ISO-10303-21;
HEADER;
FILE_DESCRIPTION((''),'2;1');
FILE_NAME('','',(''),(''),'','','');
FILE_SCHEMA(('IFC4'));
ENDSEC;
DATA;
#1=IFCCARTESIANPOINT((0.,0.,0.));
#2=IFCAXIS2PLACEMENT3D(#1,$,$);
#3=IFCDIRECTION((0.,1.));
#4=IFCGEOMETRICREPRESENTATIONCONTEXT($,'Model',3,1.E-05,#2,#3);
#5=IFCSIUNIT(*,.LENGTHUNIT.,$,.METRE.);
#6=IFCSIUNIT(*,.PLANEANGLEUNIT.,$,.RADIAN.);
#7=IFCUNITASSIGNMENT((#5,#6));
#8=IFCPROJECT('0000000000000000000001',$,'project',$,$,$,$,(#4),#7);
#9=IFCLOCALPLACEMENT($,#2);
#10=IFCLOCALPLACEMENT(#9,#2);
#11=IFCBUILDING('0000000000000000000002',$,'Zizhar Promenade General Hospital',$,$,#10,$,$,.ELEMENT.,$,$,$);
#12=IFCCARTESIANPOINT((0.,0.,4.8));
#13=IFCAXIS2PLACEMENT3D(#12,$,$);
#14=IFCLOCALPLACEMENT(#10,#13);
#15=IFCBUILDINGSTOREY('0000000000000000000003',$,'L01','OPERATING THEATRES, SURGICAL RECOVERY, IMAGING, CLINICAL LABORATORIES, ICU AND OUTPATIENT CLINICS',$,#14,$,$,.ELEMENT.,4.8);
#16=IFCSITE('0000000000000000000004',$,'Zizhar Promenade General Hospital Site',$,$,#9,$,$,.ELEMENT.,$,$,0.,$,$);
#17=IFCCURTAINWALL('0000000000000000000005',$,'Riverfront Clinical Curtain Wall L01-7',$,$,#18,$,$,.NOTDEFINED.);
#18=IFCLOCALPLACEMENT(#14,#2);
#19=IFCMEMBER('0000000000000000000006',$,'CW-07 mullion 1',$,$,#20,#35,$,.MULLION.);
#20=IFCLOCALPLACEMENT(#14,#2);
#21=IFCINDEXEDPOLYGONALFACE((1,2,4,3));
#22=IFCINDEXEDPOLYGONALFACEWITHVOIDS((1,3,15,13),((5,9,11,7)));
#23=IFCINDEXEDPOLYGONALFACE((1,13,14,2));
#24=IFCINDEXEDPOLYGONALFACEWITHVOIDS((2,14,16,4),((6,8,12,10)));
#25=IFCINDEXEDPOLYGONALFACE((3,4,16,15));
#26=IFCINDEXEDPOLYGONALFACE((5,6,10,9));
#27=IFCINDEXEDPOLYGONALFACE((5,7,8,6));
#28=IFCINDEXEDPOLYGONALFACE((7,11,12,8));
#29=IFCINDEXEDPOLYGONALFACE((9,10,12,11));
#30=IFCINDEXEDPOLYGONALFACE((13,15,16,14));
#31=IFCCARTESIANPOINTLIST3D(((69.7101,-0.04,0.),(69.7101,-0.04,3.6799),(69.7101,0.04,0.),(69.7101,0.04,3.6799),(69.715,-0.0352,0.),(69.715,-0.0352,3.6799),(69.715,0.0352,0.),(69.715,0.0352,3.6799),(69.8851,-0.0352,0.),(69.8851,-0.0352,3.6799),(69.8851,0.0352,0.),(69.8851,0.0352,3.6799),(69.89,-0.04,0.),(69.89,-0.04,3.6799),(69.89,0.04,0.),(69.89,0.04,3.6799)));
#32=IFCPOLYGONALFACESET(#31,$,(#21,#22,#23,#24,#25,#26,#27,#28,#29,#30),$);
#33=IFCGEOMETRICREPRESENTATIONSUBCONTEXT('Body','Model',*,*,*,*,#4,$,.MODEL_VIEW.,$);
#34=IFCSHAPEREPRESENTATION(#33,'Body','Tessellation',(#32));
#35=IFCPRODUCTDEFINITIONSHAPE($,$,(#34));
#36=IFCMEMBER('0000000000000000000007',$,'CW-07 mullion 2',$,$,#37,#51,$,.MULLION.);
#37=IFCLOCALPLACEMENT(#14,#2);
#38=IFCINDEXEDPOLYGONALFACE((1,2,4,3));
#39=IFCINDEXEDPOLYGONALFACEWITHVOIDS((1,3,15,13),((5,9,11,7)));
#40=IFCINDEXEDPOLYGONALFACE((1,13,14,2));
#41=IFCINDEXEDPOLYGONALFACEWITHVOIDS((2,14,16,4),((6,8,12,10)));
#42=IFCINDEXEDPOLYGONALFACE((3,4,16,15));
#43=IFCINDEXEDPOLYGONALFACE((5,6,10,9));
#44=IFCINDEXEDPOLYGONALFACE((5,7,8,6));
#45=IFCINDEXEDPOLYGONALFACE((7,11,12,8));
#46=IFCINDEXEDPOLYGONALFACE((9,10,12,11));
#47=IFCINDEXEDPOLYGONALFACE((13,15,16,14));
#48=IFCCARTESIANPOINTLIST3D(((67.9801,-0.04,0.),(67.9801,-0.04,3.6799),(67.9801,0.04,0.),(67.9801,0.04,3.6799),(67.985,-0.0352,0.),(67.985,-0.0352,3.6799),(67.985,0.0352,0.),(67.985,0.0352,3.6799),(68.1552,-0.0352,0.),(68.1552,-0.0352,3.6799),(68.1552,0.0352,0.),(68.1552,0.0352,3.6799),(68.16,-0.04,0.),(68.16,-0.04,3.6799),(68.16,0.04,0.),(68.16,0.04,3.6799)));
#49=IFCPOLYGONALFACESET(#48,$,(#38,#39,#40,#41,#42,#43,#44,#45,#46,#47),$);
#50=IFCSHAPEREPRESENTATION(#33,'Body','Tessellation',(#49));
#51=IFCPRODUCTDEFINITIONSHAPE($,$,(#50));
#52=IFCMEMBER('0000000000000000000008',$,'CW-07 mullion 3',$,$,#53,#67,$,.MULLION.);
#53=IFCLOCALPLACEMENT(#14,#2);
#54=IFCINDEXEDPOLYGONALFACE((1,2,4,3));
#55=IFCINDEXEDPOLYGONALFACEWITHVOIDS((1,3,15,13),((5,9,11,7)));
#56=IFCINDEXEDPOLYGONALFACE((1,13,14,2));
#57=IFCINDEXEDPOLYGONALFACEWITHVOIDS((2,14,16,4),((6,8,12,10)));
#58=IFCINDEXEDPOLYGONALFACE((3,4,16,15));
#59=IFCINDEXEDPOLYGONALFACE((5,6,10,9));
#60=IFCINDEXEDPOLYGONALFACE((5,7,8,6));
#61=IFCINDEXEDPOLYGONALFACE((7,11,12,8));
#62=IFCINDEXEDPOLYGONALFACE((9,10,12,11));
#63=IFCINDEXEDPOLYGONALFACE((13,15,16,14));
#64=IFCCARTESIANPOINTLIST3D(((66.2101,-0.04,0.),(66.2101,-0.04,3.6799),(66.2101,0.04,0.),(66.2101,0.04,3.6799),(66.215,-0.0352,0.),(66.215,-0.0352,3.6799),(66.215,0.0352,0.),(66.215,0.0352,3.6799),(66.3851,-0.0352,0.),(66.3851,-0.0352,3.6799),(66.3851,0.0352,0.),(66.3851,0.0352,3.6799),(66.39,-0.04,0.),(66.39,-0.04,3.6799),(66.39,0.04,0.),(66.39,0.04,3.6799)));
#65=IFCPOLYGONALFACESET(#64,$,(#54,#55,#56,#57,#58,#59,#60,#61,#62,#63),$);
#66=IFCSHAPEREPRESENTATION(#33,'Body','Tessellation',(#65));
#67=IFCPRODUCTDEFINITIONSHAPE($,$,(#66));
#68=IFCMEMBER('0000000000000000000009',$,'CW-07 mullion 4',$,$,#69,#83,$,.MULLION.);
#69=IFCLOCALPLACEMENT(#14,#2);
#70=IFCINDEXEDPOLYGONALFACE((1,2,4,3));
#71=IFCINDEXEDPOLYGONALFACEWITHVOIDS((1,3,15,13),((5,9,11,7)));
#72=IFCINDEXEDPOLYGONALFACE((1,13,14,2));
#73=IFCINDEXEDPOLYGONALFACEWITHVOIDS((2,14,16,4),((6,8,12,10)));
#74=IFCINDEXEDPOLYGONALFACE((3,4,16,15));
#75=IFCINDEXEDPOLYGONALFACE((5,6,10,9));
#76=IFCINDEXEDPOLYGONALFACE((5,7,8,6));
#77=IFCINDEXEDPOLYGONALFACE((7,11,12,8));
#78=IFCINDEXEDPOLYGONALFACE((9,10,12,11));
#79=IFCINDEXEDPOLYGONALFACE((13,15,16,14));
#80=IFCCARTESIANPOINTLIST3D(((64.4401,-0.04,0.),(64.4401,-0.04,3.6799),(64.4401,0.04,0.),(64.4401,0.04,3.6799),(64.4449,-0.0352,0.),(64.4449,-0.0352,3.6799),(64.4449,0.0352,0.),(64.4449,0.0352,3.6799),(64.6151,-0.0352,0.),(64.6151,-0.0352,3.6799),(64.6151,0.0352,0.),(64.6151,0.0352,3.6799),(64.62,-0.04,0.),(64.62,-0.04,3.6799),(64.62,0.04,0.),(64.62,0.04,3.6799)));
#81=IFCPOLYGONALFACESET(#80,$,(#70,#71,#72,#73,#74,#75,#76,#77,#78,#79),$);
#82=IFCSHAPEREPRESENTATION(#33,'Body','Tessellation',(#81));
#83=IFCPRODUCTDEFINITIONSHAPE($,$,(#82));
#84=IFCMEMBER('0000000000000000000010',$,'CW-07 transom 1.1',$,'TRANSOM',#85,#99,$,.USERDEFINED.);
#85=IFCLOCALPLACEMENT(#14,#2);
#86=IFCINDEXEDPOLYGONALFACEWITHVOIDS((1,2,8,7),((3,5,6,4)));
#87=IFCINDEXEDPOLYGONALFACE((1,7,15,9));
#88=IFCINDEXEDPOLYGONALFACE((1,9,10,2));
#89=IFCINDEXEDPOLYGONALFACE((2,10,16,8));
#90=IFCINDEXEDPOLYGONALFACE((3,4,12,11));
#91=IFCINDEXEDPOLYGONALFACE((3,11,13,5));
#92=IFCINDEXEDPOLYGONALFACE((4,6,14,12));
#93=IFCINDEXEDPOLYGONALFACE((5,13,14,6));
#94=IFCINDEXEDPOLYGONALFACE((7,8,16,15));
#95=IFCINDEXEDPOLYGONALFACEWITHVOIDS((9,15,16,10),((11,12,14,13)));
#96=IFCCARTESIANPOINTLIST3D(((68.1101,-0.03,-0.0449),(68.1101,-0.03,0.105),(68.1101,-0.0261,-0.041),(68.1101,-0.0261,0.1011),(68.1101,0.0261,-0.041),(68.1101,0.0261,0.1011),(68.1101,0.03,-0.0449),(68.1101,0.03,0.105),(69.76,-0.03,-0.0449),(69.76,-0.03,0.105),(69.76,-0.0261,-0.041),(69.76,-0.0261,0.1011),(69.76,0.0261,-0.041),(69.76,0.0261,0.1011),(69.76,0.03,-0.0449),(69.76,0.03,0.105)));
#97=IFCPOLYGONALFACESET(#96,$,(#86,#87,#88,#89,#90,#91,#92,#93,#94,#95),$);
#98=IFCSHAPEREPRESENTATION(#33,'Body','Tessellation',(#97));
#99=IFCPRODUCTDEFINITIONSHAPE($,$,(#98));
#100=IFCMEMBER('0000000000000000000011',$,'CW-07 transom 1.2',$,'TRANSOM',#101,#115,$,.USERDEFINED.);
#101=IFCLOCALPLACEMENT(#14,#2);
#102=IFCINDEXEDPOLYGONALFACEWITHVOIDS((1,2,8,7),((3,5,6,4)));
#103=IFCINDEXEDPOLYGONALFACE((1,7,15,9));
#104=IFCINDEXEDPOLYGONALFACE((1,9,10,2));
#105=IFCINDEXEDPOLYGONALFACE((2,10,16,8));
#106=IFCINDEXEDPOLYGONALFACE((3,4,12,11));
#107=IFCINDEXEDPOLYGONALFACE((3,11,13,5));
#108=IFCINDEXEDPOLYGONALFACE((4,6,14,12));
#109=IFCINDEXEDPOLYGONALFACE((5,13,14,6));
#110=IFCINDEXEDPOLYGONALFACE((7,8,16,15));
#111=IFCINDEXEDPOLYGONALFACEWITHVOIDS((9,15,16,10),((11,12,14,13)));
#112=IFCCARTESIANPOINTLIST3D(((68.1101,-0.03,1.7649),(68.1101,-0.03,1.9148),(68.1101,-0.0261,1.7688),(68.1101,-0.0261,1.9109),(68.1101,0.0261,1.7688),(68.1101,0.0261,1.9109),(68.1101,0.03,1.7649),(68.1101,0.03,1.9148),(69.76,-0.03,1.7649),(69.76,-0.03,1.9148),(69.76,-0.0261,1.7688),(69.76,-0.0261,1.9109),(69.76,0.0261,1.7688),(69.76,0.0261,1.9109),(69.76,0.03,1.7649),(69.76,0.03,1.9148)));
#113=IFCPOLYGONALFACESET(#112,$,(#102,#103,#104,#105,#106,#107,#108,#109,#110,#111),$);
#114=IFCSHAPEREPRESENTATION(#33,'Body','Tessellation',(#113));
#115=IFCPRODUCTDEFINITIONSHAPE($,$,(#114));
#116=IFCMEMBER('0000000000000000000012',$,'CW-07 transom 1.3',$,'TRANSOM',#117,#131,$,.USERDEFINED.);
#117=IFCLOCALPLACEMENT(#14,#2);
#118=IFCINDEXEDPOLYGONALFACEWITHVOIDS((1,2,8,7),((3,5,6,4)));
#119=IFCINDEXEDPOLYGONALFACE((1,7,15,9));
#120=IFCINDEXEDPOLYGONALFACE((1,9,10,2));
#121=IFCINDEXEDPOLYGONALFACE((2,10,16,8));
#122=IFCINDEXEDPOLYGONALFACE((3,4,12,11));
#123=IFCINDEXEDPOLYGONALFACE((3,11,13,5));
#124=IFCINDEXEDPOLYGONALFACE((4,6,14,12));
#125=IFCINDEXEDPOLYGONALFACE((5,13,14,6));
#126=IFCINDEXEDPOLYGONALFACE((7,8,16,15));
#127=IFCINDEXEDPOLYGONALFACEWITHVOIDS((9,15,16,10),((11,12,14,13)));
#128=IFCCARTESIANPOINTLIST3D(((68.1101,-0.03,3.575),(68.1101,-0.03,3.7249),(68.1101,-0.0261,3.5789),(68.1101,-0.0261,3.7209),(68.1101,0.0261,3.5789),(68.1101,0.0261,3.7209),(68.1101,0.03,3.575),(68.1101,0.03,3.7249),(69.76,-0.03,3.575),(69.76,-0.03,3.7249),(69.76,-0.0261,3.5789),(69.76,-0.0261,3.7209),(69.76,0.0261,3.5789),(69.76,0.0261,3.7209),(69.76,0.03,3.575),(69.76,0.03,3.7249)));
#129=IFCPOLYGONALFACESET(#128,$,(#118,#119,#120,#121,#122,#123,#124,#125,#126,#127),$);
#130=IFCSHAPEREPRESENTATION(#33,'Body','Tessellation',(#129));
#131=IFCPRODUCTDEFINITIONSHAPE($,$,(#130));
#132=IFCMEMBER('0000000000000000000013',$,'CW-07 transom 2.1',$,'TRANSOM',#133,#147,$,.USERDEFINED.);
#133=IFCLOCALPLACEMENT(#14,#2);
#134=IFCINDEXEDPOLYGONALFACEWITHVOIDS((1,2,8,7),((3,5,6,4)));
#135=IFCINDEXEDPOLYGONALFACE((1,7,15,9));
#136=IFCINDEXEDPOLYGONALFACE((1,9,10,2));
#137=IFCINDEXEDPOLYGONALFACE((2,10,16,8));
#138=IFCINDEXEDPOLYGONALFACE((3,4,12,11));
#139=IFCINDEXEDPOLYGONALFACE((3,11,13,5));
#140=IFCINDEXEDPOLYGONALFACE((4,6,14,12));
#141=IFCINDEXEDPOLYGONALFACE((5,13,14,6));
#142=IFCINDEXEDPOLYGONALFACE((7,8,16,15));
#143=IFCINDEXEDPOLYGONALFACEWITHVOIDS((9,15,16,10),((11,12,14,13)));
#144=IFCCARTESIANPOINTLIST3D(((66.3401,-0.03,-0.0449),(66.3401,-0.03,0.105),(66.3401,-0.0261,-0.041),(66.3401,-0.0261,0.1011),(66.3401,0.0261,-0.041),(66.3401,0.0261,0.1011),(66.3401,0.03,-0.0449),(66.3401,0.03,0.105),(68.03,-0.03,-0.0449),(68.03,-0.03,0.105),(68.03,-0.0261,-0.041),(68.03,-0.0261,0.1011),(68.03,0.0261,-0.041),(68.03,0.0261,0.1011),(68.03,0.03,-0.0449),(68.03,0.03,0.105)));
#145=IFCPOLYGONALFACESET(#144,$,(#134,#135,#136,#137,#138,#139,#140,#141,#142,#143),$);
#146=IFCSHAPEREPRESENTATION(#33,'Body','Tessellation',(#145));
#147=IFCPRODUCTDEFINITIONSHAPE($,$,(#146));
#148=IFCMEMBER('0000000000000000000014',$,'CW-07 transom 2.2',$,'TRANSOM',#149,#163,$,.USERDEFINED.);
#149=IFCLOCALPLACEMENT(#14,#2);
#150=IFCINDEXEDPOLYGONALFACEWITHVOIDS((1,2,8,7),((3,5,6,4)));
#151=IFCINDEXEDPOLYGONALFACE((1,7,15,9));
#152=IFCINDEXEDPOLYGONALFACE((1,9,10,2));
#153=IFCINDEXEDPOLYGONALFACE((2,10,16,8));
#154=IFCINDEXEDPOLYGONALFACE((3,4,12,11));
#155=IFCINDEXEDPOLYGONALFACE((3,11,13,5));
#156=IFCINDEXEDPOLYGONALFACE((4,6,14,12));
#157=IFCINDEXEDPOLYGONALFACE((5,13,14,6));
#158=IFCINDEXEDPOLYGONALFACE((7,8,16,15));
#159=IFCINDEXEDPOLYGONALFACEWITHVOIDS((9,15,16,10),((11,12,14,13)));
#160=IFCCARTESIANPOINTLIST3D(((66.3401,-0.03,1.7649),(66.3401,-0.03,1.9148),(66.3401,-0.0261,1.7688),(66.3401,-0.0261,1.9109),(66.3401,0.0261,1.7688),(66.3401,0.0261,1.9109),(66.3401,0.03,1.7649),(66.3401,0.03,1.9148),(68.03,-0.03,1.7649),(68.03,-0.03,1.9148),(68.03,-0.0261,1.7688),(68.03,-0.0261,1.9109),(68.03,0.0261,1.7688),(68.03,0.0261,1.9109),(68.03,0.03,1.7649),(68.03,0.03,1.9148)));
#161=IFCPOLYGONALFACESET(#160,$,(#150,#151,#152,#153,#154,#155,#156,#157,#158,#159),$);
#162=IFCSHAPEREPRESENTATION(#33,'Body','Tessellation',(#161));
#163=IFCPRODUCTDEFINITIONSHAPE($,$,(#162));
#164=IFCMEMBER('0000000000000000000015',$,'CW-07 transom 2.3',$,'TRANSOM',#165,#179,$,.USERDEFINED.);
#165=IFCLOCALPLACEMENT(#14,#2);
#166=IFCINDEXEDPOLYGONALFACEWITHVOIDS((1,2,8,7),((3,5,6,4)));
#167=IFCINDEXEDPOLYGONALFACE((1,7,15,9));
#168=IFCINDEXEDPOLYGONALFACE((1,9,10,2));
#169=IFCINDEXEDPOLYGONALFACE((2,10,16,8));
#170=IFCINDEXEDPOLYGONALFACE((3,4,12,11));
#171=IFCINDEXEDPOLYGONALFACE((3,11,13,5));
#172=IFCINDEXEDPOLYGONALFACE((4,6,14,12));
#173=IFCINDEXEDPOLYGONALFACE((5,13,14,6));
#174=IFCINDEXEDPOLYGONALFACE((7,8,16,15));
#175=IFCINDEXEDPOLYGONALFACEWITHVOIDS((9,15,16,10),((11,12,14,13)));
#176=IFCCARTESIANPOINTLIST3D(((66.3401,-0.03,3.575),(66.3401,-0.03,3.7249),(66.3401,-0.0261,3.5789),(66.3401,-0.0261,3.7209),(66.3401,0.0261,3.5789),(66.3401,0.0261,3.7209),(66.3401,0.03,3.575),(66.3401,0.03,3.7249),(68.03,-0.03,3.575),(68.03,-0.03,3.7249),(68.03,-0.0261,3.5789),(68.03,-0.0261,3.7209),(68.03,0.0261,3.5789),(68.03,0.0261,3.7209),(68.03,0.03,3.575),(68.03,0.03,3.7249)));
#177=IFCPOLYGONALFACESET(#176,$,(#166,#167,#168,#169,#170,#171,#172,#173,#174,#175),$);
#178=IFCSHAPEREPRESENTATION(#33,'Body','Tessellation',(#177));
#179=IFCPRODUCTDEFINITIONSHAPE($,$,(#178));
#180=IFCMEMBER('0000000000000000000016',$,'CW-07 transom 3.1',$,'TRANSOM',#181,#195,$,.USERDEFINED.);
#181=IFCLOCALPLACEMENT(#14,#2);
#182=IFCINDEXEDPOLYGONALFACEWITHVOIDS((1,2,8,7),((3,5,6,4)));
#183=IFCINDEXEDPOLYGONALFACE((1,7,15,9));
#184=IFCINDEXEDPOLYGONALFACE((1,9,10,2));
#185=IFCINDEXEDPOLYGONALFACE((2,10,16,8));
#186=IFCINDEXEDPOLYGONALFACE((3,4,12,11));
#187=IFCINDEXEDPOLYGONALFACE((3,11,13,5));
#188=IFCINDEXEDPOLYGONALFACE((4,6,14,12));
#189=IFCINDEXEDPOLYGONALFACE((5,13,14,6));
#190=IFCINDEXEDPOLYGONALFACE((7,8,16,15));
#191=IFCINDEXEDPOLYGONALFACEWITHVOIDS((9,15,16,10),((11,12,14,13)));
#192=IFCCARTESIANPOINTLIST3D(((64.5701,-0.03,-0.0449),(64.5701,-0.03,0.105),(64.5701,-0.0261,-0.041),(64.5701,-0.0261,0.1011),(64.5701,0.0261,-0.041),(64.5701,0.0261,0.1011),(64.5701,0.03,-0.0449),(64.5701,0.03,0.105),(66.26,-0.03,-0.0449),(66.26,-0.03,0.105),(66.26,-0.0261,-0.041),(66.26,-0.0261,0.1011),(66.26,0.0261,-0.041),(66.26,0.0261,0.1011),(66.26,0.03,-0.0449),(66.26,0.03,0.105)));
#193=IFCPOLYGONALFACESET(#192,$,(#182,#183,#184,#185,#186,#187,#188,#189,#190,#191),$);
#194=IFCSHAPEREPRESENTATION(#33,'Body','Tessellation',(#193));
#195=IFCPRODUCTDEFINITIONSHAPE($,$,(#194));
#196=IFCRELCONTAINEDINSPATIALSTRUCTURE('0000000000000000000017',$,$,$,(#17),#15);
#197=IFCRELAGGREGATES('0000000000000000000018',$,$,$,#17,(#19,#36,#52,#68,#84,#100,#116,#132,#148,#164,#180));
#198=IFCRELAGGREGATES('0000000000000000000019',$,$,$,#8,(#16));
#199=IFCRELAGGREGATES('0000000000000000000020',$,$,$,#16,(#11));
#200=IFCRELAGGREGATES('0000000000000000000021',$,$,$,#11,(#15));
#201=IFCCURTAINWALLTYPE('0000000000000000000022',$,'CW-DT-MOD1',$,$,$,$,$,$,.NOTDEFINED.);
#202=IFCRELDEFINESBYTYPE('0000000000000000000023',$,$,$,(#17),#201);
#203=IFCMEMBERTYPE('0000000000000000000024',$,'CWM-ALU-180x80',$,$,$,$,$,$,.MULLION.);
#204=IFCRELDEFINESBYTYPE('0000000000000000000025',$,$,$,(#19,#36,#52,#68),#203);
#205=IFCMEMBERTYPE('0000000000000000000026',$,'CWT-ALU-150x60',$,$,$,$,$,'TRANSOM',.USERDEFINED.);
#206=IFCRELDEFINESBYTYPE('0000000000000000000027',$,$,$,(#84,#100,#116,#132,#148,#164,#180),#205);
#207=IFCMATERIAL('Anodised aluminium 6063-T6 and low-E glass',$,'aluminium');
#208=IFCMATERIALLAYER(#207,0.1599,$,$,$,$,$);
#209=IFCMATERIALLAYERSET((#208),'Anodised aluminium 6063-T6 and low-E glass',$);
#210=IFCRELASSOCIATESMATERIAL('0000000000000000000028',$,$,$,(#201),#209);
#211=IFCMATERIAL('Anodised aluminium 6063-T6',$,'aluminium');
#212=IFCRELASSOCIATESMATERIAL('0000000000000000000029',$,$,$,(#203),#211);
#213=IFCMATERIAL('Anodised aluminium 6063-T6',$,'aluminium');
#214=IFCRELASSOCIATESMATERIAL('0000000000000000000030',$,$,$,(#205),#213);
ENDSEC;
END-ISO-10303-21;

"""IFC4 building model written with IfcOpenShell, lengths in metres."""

from ifc_helpers import new_model, si_unit, direction, frame, origin, origin_2d, place, context, subcontext, project, spatial, hollow_rectangle, extrude, material, layer, layer_set, material_profile, profile_set, type_object, element, aggregate, save


model = new_model("IFC4")

# Units and contexts
model_context = context("Model", 3, precision=1e-05, world=origin(), true_north=direction((0.0, 1.0)))
body_context = subcontext(model_context, "Body", "Model", "MODEL_VIEW")
ifc_project = project(units=[si_unit("LENGTHUNIT", "METRE"), si_unit("PLANEANGLEUNIT", "RADIAN")], contexts=[model_context])

# Site, building, storey
site_placement = place(None, origin())
site = spatial("IfcSite", under=ifc_project, at=site_placement, Name="Zizhar Promenade General Hospital Site", CompositionType="ELEMENT", RefElevation=0.0)
building_placement = place(site_placement, origin())
building = spatial("IfcBuilding", under=site, at=building_placement, Name="Zizhar Promenade General Hospital", CompositionType="ELEMENT")
storey_placement = place(building_placement, frame((0.0, 0.0, 4.8)))
storey = spatial("IfcBuildingStorey", under=building, at=storey_placement, Name="L01", Description="OPERATING THEATRES, SURGICAL RECOVERY, IMAGING, CLINICAL LABORATORIES, ICU AND OUTPATIENT CLINICS", CompositionType="ELEMENT", Elevation=4.8)

# Curtain wall, members
ifc_material_1 = material(Name="Anodised aluminium 6063-T6 and low-E glass", Category="aluminium")
ifc_layer_1 = layer(ifc_material_1, 0.1599)
ifc_layer_set_1 = layer_set([ifc_layer_1], Name="Anodised aluminium 6063-T6 and low-E glass")
curtain_wall_type = type_object("IfcCurtainWallType", Name="CW-DT-MOD1", PredefinedType="NOTDEFINED", material=ifc_layer_set_1)
curtain_wall_placement = place(storey_placement, origin())
curtain_wall = element("IfcCurtainWall", 1, at=curtain_wall_placement, inside=storey, type_object=curtain_wall_type, Name="Riverfront Clinical Curtain Wall L01-7", PredefinedType="NOTDEFINED")
ifc_material_2 = material(Name="Anodised aluminium 6063-T6", Category="aluminium")
ifc_material_profile_1 = material_profile(ifc_material_2, hollow_rectangle(XDim=0.0801, YDim=0.1799, WallThickness=0.0049, at=origin_2d()))
ifc_profile_set_1 = profile_set([ifc_material_profile_1], Name="Anodised aluminium 6063-T6")
member_type_1 = type_object("IfcMemberType", Name="CWM-ALU-180x80", PredefinedType="MULLION", material=ifc_profile_set_1)
member_1_placement = place(storey_placement, frame((69.8, 0.0, 0.0), z_axis=(0.0, 0.0, 1.0), x_axis=(0.0, -1.0, 0.0)))
member_1 = element("IfcMember", 2, at=member_1_placement, type_object=member_type_1, Name="CW-07 mullion 1", PredefinedType="MULLION", context=body_context, shape_type="SweptSolid", body=[
    extrude(hollow_rectangle(XDim=0.0801, YDim=0.1799, WallThickness=0.0049, at=origin_2d()), origin(), (0.0, 0.0, 1.0), 3.6799),
])
member_2_placement = place(storey_placement, frame((68.0701, 0.0, 0.0), z_axis=(0.0, 0.0, 1.0), x_axis=(0.0, -1.0, 0.0)))
member_2 = element("IfcMember", 3, at=member_2_placement, type_object=member_type_1, Name="CW-07 mullion 2", PredefinedType="MULLION", context=body_context, shape_type="SweptSolid", body=[
    extrude(hollow_rectangle(XDim=0.0801, YDim=0.1799, WallThickness=0.0049, at=origin_2d()), origin(), (0.0, 0.0, 1.0), 3.6799),
])
member_3_placement = place(storey_placement, frame((66.3, 0.0, 0.0), z_axis=(0.0, 0.0, 1.0), x_axis=(0.0, -1.0, 0.0)))
member_3 = element("IfcMember", 4, at=member_3_placement, type_object=member_type_1, Name="CW-07 mullion 3", PredefinedType="MULLION", context=body_context, shape_type="SweptSolid", body=[
    extrude(hollow_rectangle(XDim=0.0801, YDim=0.1799, WallThickness=0.0049, at=origin_2d()), origin(), (0.0, 0.0, 1.0), 3.6799),
])
member_4_placement = place(storey_placement, frame((64.53, 0.0, 0.0), z_axis=(0.0, 0.0, 1.0), x_axis=(0.0, -1.0, 0.0)))
member_4 = element("IfcMember", 5, at=member_4_placement, type_object=member_type_1, Name="CW-07 mullion 4", PredefinedType="MULLION", context=body_context, shape_type="SweptSolid", body=[
    extrude(hollow_rectangle(XDim=0.0801, YDim=0.1799, WallThickness=0.0049, at=origin_2d()), origin(), (0.0, 0.0, 1.0), 3.6799),
])
ifc_material_3 = material(Name="Anodised aluminium 6063-T6", Category="aluminium")
ifc_material_profile_2 = material_profile(ifc_material_3, hollow_rectangle(XDim=0.0601, YDim=0.1499, WallThickness=0.0039, at=origin_2d()))
ifc_profile_set_2 = profile_set([ifc_material_profile_2], Name="Anodised aluminium 6063-T6")
member_type_2 = type_object("IfcMemberType", Name="CWT-ALU-150x60", ElementType="TRANSOM", PredefinedType="USERDEFINED", material=ifc_profile_set_2)
member_5_placement = place(storey_placement, frame((69.76, 0.0, 0.03), z_axis=(-1.0, 0.0, 0.0), x_axis=(0.0, -1.0, 0.0)))
member_5 = element("IfcMember", 6, at=member_5_placement, type_object=member_type_2, Name="CW-07 transom 1.1", ObjectType="TRANSOM", PredefinedType="USERDEFINED", context=body_context, shape_type="SweptSolid", body=[
    extrude(hollow_rectangle(XDim=0.0601, YDim=0.1499, WallThickness=0.0039, at=origin_2d()), origin(), (0.0, 0.0, 1.0), 1.6499),
])
member_6_placement = place(storey_placement, frame((69.76, 0.0, 1.8398), z_axis=(-1.0, 0.0, 0.0), x_axis=(0.0, -1.0, 0.0)))
member_6 = element("IfcMember", 7, at=member_6_placement, type_object=member_type_2, Name="CW-07 transom 1.2", ObjectType="TRANSOM", PredefinedType="USERDEFINED", context=body_context, shape_type="SweptSolid", body=[
    extrude(hollow_rectangle(XDim=0.0601, YDim=0.1499, WallThickness=0.0039, at=origin_2d()), origin(), (0.0, 0.0, 1.0), 1.6499),
])
member_7_placement = place(storey_placement, frame((69.76, 0.0, 3.6499), z_axis=(-1.0, 0.0, 0.0), x_axis=(0.0, -1.0, 0.0)))
member_7 = element("IfcMember", 8, at=member_7_placement, type_object=member_type_2, Name="CW-07 transom 1.3", ObjectType="TRANSOM", PredefinedType="USERDEFINED", context=body_context, shape_type="SweptSolid", body=[
    extrude(hollow_rectangle(XDim=0.0601, YDim=0.1499, WallThickness=0.0039, at=origin_2d()), origin(), (0.0, 0.0, 1.0), 1.6499),
])
member_8_placement = place(storey_placement, frame((68.03, 0.0, 0.03), z_axis=(-1.0, 0.0, 0.0), x_axis=(0.0, -1.0, 0.0)))
member_8 = element("IfcMember", 9, at=member_8_placement, type_object=member_type_2, Name="CW-07 transom 2.1", ObjectType="TRANSOM", PredefinedType="USERDEFINED", context=body_context, shape_type="SweptSolid", body=[
    extrude(hollow_rectangle(XDim=0.0601, YDim=0.1499, WallThickness=0.0039, at=origin_2d()), origin(), (0.0, 0.0, 1.0), 1.6899),
])
member_9_placement = place(storey_placement, frame((68.03, 0.0, 1.8398), z_axis=(-1.0, 0.0, 0.0), x_axis=(0.0, -1.0, 0.0)))
member_9 = element("IfcMember", 10, at=member_9_placement, type_object=member_type_2, Name="CW-07 transom 2.2", ObjectType="TRANSOM", PredefinedType="USERDEFINED", context=body_context, shape_type="SweptSolid", body=[
    extrude(hollow_rectangle(XDim=0.0601, YDim=0.1499, WallThickness=0.0039, at=origin_2d()), origin(), (0.0, 0.0, 1.0), 1.6899),
])
member_10_placement = place(storey_placement, frame((68.03, 0.0, 3.6499), z_axis=(-1.0, 0.0, 0.0), x_axis=(0.0, -1.0, 0.0)))
member_10 = element("IfcMember", 11, at=member_10_placement, type_object=member_type_2, Name="CW-07 transom 2.3", ObjectType="TRANSOM", PredefinedType="USERDEFINED", context=body_context, shape_type="SweptSolid", body=[
    extrude(hollow_rectangle(XDim=0.0601, YDim=0.1499, WallThickness=0.0039, at=origin_2d()), origin(), (0.0, 0.0, 1.0), 1.6899),
])
member_11_placement = place(storey_placement, frame((66.26, 0.0, 0.03), z_axis=(-1.0, 0.0, 0.0), x_axis=(0.0, -1.0, 0.0)))
member_11 = element("IfcMember", 12, at=member_11_placement, type_object=member_type_2, Name="CW-07 transom 3.1", ObjectType="TRANSOM", PredefinedType="USERDEFINED", context=body_context, shape_type="SweptSolid", body=[
    extrude(hollow_rectangle(XDim=0.0601, YDim=0.1499, WallThickness=0.0039, at=origin_2d()), origin(), (0.0, 0.0, 1.0), 1.6899),
])
aggregate(curtain_wall, [member_1, member_2, member_3, member_4, member_5, member_6, member_7, member_8, member_9, member_10, member_11])

save(model, "model.ifc")
